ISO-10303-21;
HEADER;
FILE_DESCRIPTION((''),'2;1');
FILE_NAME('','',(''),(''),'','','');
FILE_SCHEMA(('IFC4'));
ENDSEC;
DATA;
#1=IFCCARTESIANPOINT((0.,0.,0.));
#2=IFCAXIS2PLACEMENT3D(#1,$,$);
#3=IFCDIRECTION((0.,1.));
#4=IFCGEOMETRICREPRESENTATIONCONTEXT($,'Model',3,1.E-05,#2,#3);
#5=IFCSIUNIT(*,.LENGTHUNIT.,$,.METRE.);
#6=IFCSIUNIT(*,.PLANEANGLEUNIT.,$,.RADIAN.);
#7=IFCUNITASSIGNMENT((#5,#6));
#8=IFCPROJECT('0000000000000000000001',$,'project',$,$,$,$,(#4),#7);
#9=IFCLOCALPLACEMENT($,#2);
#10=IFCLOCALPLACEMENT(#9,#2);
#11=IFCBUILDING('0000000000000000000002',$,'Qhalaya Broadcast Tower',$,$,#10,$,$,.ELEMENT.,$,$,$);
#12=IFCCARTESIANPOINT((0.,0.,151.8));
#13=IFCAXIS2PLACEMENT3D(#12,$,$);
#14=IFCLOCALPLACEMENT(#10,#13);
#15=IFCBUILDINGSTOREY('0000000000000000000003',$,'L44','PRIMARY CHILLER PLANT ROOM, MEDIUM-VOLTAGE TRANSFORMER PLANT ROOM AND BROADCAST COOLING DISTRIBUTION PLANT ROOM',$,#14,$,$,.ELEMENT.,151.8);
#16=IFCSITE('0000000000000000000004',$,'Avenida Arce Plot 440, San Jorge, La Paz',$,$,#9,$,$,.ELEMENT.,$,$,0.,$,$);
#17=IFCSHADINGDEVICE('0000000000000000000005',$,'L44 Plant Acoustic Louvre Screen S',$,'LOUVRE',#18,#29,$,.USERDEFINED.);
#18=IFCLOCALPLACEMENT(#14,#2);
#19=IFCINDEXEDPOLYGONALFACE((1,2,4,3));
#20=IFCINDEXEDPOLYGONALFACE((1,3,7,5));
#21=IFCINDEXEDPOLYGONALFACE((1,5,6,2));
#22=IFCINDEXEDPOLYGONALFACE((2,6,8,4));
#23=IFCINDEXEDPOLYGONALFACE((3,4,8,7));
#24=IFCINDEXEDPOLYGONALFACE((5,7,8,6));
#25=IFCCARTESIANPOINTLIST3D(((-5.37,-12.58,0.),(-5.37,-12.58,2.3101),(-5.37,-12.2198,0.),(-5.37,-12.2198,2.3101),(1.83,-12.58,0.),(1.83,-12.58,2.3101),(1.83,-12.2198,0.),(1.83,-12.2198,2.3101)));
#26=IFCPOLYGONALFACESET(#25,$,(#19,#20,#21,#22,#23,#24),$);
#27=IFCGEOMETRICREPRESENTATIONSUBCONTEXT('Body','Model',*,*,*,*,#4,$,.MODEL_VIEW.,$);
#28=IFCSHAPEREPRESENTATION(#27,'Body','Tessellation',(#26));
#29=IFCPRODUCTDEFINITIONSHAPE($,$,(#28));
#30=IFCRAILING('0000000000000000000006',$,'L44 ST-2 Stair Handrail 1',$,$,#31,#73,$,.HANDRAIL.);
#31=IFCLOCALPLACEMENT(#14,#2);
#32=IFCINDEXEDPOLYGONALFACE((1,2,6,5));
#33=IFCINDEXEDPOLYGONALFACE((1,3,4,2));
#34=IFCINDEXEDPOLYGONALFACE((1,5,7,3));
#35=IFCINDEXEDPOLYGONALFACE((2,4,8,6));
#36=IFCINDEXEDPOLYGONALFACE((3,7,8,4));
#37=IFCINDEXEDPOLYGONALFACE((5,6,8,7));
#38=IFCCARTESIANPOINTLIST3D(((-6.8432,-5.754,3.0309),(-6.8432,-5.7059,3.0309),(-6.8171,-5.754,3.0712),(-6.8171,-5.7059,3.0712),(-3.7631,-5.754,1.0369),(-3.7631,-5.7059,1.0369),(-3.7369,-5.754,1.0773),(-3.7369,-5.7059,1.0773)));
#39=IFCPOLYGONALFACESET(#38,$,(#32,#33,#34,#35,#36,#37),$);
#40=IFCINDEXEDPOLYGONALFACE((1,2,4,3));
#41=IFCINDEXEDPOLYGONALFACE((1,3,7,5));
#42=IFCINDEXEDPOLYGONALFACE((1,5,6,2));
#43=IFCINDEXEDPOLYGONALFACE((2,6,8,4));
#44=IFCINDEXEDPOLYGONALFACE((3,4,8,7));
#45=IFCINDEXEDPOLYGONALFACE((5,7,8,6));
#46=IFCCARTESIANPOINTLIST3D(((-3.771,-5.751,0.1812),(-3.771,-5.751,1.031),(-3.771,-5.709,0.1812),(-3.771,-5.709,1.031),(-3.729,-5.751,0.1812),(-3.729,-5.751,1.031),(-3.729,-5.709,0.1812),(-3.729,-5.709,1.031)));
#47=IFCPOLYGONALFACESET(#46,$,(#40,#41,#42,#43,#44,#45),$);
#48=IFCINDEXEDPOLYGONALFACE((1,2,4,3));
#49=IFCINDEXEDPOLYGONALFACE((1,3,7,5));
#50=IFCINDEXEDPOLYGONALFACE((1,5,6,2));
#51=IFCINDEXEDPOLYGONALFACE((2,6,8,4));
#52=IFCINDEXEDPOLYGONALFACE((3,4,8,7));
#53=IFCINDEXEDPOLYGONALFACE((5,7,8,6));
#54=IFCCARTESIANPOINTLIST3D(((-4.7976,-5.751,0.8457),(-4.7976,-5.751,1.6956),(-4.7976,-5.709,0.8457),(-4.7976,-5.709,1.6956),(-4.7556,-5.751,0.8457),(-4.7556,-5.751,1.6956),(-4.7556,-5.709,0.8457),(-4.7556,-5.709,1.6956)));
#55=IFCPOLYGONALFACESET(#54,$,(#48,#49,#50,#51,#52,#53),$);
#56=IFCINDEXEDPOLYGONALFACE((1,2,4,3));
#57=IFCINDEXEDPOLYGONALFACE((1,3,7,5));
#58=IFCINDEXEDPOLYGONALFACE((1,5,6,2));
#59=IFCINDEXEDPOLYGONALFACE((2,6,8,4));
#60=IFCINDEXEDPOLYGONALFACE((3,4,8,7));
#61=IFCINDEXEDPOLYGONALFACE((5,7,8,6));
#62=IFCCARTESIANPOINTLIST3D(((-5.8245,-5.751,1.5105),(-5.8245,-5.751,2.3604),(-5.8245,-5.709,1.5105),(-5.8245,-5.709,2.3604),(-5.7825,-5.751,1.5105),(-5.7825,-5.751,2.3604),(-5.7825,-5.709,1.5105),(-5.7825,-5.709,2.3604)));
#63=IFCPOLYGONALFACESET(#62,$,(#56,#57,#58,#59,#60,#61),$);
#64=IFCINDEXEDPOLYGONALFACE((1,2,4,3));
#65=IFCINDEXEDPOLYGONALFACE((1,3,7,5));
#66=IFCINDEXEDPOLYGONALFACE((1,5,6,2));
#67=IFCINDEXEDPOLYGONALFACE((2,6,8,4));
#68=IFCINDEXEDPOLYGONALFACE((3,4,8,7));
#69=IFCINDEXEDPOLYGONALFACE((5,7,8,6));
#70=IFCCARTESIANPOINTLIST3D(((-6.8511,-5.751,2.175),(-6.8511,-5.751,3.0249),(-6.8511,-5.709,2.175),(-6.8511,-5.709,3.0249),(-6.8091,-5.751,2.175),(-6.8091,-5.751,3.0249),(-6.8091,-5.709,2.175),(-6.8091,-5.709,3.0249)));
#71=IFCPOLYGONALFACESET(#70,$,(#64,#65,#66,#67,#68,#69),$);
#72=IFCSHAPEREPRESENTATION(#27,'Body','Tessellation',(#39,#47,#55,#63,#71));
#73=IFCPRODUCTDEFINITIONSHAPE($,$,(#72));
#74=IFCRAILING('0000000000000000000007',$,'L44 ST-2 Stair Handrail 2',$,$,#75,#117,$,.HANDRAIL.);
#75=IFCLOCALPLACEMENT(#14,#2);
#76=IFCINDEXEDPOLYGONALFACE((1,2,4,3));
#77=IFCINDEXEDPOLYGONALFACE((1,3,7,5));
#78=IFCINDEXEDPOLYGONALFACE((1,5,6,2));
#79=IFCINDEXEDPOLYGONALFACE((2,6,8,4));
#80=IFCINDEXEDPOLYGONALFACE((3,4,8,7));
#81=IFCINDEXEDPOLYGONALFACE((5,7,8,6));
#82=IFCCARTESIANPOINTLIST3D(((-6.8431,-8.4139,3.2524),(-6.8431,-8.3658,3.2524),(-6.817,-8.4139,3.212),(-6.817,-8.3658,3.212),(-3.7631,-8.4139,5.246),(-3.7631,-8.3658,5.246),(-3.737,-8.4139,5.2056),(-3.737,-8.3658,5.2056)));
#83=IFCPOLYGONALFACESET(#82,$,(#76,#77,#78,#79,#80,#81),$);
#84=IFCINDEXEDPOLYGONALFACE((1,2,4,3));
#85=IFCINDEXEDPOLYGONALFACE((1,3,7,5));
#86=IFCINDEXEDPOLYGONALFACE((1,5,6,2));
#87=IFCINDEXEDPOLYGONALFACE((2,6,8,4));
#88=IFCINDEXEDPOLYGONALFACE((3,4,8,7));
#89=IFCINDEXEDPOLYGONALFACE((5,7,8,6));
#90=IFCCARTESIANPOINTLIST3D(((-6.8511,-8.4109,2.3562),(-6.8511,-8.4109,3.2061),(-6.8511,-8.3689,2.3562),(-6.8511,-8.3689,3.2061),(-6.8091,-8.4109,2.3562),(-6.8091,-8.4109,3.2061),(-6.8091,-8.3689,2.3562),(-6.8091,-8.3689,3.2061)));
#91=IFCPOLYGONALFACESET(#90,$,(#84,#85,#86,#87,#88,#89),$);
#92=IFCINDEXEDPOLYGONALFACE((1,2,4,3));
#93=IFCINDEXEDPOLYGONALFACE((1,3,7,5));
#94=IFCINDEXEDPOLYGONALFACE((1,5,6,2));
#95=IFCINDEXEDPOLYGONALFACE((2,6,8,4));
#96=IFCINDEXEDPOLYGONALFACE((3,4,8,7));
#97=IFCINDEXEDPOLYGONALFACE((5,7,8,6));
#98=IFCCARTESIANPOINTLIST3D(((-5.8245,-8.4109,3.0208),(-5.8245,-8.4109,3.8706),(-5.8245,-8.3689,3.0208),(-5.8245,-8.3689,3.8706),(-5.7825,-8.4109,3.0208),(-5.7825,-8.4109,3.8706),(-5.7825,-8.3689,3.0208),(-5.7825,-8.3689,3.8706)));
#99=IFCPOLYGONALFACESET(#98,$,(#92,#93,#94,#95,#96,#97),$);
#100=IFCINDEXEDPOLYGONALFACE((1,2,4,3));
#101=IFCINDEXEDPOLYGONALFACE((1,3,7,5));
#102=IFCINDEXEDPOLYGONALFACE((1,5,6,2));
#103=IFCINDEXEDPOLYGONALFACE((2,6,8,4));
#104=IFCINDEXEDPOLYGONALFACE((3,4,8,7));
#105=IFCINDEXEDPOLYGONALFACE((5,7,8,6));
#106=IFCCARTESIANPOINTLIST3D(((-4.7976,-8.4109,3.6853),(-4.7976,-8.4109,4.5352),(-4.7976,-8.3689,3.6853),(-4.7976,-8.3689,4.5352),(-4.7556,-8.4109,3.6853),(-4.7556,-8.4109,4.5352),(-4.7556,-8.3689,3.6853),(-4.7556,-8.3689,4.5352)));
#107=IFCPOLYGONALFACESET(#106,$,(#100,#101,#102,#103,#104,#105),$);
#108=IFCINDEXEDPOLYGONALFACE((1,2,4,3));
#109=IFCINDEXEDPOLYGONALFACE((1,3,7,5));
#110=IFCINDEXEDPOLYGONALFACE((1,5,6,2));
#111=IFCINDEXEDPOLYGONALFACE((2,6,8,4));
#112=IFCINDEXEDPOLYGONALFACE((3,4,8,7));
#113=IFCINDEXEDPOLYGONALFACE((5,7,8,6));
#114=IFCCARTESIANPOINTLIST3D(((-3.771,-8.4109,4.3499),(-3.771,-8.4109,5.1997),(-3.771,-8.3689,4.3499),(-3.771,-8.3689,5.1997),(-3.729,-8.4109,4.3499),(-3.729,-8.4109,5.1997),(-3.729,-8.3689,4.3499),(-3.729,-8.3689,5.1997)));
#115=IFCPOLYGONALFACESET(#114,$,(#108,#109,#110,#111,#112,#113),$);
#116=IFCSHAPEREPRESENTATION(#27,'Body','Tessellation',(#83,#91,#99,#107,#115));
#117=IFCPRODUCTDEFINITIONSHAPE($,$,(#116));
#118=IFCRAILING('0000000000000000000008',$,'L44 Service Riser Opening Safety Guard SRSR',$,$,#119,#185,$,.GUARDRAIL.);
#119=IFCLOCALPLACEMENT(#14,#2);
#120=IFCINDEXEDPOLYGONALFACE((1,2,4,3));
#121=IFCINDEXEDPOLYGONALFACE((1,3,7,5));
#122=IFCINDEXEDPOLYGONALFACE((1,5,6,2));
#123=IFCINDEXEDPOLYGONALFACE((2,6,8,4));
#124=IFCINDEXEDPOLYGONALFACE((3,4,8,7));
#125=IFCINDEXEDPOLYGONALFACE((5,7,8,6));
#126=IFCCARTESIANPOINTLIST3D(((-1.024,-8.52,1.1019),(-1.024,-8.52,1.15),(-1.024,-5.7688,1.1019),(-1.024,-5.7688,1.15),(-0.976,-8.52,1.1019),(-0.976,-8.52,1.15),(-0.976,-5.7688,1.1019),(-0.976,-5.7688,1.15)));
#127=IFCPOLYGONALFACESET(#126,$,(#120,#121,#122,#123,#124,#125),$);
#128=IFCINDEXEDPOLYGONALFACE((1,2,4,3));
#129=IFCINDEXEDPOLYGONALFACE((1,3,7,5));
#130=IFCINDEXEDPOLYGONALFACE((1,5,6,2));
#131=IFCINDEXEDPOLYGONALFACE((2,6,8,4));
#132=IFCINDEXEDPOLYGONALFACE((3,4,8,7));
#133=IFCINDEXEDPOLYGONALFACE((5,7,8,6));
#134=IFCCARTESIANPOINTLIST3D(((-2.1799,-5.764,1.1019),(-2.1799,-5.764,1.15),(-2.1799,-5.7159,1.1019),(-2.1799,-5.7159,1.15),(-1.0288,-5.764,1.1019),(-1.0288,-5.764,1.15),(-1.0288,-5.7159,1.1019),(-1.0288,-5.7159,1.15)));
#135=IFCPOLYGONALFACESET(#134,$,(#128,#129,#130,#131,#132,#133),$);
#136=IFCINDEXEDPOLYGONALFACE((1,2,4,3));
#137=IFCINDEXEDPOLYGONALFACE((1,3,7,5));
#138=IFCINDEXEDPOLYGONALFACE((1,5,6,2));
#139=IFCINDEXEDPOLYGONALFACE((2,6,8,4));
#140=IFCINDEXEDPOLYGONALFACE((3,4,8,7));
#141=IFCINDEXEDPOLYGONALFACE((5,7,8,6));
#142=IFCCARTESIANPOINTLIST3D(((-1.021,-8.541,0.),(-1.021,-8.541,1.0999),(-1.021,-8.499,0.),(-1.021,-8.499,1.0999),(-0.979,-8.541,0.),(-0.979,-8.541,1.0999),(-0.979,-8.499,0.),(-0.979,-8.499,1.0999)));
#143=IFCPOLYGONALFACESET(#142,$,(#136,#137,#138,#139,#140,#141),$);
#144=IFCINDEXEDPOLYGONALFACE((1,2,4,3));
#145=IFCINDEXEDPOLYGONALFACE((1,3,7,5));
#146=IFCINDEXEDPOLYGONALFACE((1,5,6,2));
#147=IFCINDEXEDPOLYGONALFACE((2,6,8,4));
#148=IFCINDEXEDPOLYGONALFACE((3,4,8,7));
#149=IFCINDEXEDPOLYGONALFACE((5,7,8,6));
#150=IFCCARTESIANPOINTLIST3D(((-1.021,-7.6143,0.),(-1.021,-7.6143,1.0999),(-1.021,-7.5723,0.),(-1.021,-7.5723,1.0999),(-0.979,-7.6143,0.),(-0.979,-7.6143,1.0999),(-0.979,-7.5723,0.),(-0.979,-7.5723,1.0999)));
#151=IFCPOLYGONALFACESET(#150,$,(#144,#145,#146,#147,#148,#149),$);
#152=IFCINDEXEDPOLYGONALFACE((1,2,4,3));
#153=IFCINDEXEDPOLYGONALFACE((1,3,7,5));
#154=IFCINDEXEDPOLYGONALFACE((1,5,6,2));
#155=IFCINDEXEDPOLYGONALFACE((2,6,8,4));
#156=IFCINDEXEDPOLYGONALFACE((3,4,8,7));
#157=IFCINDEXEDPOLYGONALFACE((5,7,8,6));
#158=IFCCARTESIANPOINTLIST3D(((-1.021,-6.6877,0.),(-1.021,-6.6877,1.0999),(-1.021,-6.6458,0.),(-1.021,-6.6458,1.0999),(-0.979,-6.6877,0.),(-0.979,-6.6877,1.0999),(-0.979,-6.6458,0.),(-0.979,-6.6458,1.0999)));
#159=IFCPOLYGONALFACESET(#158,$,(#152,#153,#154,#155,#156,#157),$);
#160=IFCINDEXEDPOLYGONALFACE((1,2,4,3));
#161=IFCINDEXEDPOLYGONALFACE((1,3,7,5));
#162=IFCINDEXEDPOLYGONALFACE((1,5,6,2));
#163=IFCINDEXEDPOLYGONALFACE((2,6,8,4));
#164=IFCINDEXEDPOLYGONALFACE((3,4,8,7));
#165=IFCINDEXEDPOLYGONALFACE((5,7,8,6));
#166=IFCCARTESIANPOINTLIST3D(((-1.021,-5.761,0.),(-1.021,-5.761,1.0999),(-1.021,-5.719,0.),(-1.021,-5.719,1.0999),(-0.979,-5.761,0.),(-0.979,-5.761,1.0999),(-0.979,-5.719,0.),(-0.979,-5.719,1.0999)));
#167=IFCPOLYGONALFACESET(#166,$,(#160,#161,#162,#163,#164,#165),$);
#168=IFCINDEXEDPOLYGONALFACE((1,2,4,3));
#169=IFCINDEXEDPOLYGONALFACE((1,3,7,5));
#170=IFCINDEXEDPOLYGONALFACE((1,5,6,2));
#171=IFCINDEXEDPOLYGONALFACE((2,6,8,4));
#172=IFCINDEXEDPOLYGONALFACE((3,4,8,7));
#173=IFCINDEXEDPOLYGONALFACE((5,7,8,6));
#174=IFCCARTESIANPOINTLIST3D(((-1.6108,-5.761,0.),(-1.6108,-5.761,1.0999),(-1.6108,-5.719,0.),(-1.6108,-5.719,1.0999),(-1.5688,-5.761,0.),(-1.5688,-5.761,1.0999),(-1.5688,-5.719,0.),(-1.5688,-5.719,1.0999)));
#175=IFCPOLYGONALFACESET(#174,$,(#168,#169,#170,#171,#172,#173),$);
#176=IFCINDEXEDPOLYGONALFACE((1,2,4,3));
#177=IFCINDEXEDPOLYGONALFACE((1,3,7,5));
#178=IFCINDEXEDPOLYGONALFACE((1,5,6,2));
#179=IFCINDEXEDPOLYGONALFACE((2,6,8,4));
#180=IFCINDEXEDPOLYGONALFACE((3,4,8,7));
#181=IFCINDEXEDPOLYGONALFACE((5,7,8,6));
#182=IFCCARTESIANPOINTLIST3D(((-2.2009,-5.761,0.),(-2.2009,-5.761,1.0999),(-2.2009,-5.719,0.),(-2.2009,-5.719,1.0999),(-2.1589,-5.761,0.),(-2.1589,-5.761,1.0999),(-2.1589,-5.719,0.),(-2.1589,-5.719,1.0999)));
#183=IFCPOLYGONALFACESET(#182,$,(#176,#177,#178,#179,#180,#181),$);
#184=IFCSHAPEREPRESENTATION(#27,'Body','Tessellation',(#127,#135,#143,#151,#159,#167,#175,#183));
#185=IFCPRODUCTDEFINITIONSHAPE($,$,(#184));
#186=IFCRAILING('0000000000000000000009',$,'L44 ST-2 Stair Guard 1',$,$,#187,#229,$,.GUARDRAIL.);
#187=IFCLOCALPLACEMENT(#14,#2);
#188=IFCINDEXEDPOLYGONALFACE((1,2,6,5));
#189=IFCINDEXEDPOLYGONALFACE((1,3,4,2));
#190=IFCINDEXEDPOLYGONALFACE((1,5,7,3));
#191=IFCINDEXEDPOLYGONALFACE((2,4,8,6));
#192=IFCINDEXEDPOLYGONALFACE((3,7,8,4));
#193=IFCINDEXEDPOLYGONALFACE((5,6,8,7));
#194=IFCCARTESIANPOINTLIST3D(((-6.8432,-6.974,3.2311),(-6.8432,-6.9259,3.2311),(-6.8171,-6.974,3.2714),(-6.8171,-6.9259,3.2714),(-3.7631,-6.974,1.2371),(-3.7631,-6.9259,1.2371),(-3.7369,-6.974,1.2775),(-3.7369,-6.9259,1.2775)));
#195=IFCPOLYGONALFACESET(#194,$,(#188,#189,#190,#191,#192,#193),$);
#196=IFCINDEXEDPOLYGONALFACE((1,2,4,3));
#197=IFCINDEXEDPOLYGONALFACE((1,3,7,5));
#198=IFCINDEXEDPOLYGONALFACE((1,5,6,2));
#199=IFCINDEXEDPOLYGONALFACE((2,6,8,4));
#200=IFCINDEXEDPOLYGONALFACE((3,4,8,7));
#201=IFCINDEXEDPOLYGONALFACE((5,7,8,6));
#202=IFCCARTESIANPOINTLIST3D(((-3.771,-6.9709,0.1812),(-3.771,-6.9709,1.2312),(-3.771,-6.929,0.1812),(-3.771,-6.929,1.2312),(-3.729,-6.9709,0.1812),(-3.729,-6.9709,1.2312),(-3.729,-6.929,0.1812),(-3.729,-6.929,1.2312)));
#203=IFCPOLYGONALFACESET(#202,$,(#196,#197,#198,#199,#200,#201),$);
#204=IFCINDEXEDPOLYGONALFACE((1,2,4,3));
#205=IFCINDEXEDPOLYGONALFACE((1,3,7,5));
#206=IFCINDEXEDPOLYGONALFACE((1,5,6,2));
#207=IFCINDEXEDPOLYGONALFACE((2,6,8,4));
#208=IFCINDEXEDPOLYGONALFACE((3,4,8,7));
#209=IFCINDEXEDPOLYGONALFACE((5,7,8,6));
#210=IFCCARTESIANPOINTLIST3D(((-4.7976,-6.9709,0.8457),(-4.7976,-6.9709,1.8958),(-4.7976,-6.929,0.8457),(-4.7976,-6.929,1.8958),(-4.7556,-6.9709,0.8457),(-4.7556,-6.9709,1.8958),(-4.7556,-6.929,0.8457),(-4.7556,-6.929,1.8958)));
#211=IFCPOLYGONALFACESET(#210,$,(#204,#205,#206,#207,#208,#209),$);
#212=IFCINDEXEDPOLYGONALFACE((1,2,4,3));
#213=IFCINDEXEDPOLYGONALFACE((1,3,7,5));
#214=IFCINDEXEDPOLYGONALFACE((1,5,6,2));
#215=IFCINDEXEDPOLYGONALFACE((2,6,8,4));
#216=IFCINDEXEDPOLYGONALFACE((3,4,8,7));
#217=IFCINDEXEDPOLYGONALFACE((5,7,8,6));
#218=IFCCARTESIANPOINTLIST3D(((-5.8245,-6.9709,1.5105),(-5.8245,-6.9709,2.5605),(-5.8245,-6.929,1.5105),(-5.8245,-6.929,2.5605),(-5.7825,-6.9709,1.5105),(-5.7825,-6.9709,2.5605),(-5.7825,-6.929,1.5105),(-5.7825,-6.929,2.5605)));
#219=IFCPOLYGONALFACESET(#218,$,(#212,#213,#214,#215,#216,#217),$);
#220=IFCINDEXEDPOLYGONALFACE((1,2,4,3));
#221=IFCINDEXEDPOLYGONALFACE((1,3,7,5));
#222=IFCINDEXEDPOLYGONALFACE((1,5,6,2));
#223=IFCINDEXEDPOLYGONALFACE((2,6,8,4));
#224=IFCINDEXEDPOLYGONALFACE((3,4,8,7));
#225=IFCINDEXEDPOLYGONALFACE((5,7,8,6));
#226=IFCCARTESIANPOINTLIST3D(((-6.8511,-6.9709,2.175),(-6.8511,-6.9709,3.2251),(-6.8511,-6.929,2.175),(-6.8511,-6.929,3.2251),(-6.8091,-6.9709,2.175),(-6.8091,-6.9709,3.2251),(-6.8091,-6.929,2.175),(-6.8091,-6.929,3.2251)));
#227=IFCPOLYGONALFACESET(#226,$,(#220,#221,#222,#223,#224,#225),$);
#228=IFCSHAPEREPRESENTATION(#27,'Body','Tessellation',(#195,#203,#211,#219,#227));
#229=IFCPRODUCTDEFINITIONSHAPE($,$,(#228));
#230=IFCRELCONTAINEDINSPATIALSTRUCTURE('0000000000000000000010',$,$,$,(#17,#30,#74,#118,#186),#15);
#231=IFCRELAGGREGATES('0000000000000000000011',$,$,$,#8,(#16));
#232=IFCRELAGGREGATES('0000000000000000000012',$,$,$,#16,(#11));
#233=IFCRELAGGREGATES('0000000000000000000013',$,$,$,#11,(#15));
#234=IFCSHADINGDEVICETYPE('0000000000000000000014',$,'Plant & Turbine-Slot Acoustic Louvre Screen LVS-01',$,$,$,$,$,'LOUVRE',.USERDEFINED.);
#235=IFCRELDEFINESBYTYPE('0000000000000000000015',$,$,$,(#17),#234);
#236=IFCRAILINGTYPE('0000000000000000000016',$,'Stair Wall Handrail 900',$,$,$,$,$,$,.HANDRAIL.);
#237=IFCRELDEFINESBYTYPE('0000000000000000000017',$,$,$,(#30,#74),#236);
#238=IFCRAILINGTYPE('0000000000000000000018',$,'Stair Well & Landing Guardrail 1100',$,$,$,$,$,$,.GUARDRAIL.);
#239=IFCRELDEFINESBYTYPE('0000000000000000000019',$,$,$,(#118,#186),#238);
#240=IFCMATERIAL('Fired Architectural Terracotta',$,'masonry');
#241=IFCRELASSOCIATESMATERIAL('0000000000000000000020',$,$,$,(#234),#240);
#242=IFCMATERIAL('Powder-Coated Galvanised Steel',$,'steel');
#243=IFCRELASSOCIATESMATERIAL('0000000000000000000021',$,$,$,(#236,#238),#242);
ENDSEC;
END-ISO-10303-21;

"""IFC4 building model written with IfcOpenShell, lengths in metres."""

from ifc_helpers import new_model, si_unit, direction, frame, origin, origin_2d, place, context, subcontext, project, spatial, rectangle, extrude, material, type_object, element, save


model = new_model("IFC4")

# Units and contexts
model_context = context("Model", 3, precision=1e-05, world=origin(), true_north=direction((0.0, 1.0)))
body_context = subcontext(model_context, "Body", "Model", "MODEL_VIEW")
ifc_project = project(units=[si_unit("LENGTHUNIT", "METRE"), si_unit("PLANEANGLEUNIT", "RADIAN")], contexts=[model_context])

# Site, building, storey
site_placement = place(None, origin())
site = spatial("IfcSite", under=ifc_project, at=site_placement, Name="Avenida Arce Plot 440, San Jorge, La Paz", CompositionType="ELEMENT", RefElevation=0.0)
building_placement = place(site_placement, origin())
building = spatial("IfcBuilding", under=site, at=building_placement, Name="Qhalaya Broadcast Tower", CompositionType="ELEMENT")
storey_placement = place(building_placement, frame((0.0, 0.0, 151.8)))
storey = spatial("IfcBuildingStorey", under=building, at=storey_placement, Name="L44", Description="PRIMARY CHILLER PLANT ROOM, MEDIUM-VOLTAGE TRANSFORMER PLANT ROOM AND BROADCAST COOLING DISTRIBUTION PLANT ROOM", CompositionType="ELEMENT", Elevation=151.8)

# Shading device
ifc_material_1 = material(Name="Fired Architectural Terracotta", Category="masonry")
shading_device_type = type_object("IfcShadingDeviceType", Name="Plant & Turbine-Slot Acoustic Louvre Screen LVS-01", ElementType="LOUVRE", PredefinedType="USERDEFINED", material=ifc_material_1)
shading_device_placement = place(storey_placement, frame((-1.77, -12.3999, 0.0), z_axis=(0.0, 0.0, 1.0), x_axis=(-1.0, 0.0, 0.0)))
element("IfcShadingDevice", 1, at=shading_device_placement, inside=storey, type_object=shading_device_type, Name="L44 Plant Acoustic Louvre Screen S", ObjectType="LOUVRE", PredefinedType="USERDEFINED", context=body_context, shape_type="SweptSolid", body=[
    extrude(rectangle(XDim=7.2, YDim=0.3601, at=origin_2d()), origin(), (0.0, 0.0, 1.0), 2.3101),
])

# Railings
ifc_material_2 = material(Name="Powder-Coated Galvanised Steel", Category="steel")
railing_type_1 = type_object("IfcRailingType", Name="Stair Wall Handrail 900", PredefinedType="HANDRAIL", material=ifc_material_2)
railing_1_placement = place(storey_placement, frame((-3.75, -5.73, 0.1812)))
element("IfcRailing", 2, at=railing_1_placement, inside=storey, type_object=railing_type_1, Name="L44 ST-2 Stair Handrail 1", PredefinedType="HANDRAIL", context=body_context, shape_type="SweptSolid", body=[
    extrude(rectangle(XDim=0.0481, YDim=0.0481, at=origin_2d()), frame((0.0, 0.0, 0.876), z_axis=(-0.839458, 0.0, 0.543425), x_axis=(0.0, -1.0, 0.0)), (0.0, 0.0, 1.0), 3.6692),
    extrude(rectangle(XDim=0.042, YDim=0.042, at=origin_2d()), origin(), (0.0, 0.0, 1.0), 0.8499),
    extrude(rectangle(XDim=0.042, YDim=0.042, at=origin_2d()), frame((-1.0266, 0.0, 0.6646)), (0.0, 0.0, 1.0), 0.8499),
    extrude(rectangle(XDim=0.042, YDim=0.042, at=origin_2d()), frame((-2.0535, 0.0, 1.3293)), (0.0, 0.0, 1.0), 0.8499),
    extrude(rectangle(XDim=0.042, YDim=0.042, at=origin_2d()), frame((-3.0801, 0.0, 1.9939)), (0.0, 0.0, 1.0), 0.8499),
])
railing_2_placement = place(storey_placement, frame((-6.8301, -8.3899, 2.3562)))
element("IfcRailing", 3, at=railing_2_placement, inside=storey, type_object=railing_type_1, Name="L44 ST-2 Stair Handrail 2", PredefinedType="HANDRAIL", context=body_context, shape_type="SweptSolid", body=[
    extrude(rectangle(XDim=0.0481, YDim=0.0481, at=origin_2d()), frame((0.0, 0.0, 0.876), z_axis=(0.839488, 0.0, 0.543378), x_axis=(0.0, 1.0, 0.0)), (0.0, 0.0, 1.0), 3.6689),
    extrude(rectangle(XDim=0.042, YDim=0.042, at=origin_2d()), origin(), (0.0, 0.0, 1.0), 0.8499),
    extrude(rectangle(XDim=0.042, YDim=0.042, at=origin_2d()), frame((1.0266, 0.0, 0.6646)), (0.0, 0.0, 1.0), 0.8499),
    extrude(rectangle(XDim=0.042, YDim=0.042, at=origin_2d()), frame((2.0535, 0.0, 1.3291)), (0.0, 0.0, 1.0), 0.8499),
    extrude(rectangle(XDim=0.042, YDim=0.042, at=origin_2d()), frame((3.0801, 0.0, 1.9937)), (0.0, 0.0, 1.0), 0.8499),
])
railing_type_2 = type_object("IfcRailingType", Name="Stair Well & Landing Guardrail 1100", PredefinedType="GUARDRAIL", material=ifc_material_2)
railing_3_placement = place(storey_placement, frame((-1.0, -8.52, 0.0)))
element("IfcRailing", 4, at=railing_3_placement, inside=storey, type_object=railing_type_2, Name="L44 Service Riser Opening Safety Guard SRSR", PredefinedType="GUARDRAIL", context=body_context, shape_type="SweptSolid", body=[
    extrude(rectangle(XDim=0.0481, YDim=0.0481, at=origin_2d()), frame((0.0, 0.0, 1.126), z_axis=(0.0, 1.0, 0.0), x_axis=(-1.0, 0.0, 0.0)), (0.0, 0.0, 1.0), 2.7512),
    extrude(rectangle(XDim=0.0481, YDim=0.0481, at=origin_2d()), frame((-0.0288, 2.78, 1.126), z_axis=(-1.0, 0.0, 0.0), x_axis=(0.0, -1.0, 0.0)), (0.0, 0.0, 1.0), 1.1511),
    extrude(rectangle(XDim=0.042, YDim=0.042, at=origin_2d()), origin(), (0.0, 0.0, 1.0), 1.0999),
    extrude(rectangle(XDim=0.042, YDim=0.042, at=origin_2d()), frame((0.0, 0.9268, 0.0)), (0.0, 0.0, 1.0), 1.0999),
    extrude(rectangle(XDim=0.042, YDim=0.042, at=origin_2d()), frame((0.0, 1.8533, 0.0)), (0.0, 0.0, 1.0), 1.0999),
    extrude(rectangle(XDim=0.042, YDim=0.042, at=origin_2d()), frame((0.0, 2.78, 0.0)), (0.0, 0.0, 1.0), 1.0999),
    extrude(rectangle(XDim=0.042, YDim=0.042, at=origin_2d()), frame((-0.5898, 2.78, 0.0)), (0.0, 0.0, 1.0), 1.0999),
    extrude(rectangle(XDim=0.042, YDim=0.042, at=origin_2d()), frame((-1.1799, 2.78, 0.0)), (0.0, 0.0, 1.0), 1.0999),
])
railing_4_placement = place(storey_placement, frame((-3.75, -6.95, 0.1812)))
element("IfcRailing", 5, at=railing_4_placement, inside=storey, type_object=railing_type_2, Name="L44 ST-2 Stair Guard 1", PredefinedType="GUARDRAIL", context=body_context, shape_type="SweptSolid", body=[
    extrude(rectangle(XDim=0.0481, YDim=0.0481, at=origin_2d()), frame((0.0, 0.0, 1.0762), z_axis=(-0.839458, 0.0, 0.543425), x_axis=(0.0, -1.0, 0.0)), (0.0, 0.0, 1.0), 3.6692),
    extrude(rectangle(XDim=0.042, YDim=0.042, at=origin_2d()), origin(), (0.0, 0.0, 1.0), 1.05),
    extrude(rectangle(XDim=0.042, YDim=0.042, at=origin_2d()), frame((-1.0266, 0.0, 0.6646)), (0.0, 0.0, 1.0), 1.05),
    extrude(rectangle(XDim=0.042, YDim=0.042, at=origin_2d()), frame((-2.0535, 0.0, 1.3293)), (0.0, 0.0, 1.0), 1.05),
    extrude(rectangle(XDim=0.042, YDim=0.042, at=origin_2d()), frame((-3.0801, 0.0, 1.9939)), (0.0, 0.0, 1.0), 1.05),
])

save(model, "model.ifc")
